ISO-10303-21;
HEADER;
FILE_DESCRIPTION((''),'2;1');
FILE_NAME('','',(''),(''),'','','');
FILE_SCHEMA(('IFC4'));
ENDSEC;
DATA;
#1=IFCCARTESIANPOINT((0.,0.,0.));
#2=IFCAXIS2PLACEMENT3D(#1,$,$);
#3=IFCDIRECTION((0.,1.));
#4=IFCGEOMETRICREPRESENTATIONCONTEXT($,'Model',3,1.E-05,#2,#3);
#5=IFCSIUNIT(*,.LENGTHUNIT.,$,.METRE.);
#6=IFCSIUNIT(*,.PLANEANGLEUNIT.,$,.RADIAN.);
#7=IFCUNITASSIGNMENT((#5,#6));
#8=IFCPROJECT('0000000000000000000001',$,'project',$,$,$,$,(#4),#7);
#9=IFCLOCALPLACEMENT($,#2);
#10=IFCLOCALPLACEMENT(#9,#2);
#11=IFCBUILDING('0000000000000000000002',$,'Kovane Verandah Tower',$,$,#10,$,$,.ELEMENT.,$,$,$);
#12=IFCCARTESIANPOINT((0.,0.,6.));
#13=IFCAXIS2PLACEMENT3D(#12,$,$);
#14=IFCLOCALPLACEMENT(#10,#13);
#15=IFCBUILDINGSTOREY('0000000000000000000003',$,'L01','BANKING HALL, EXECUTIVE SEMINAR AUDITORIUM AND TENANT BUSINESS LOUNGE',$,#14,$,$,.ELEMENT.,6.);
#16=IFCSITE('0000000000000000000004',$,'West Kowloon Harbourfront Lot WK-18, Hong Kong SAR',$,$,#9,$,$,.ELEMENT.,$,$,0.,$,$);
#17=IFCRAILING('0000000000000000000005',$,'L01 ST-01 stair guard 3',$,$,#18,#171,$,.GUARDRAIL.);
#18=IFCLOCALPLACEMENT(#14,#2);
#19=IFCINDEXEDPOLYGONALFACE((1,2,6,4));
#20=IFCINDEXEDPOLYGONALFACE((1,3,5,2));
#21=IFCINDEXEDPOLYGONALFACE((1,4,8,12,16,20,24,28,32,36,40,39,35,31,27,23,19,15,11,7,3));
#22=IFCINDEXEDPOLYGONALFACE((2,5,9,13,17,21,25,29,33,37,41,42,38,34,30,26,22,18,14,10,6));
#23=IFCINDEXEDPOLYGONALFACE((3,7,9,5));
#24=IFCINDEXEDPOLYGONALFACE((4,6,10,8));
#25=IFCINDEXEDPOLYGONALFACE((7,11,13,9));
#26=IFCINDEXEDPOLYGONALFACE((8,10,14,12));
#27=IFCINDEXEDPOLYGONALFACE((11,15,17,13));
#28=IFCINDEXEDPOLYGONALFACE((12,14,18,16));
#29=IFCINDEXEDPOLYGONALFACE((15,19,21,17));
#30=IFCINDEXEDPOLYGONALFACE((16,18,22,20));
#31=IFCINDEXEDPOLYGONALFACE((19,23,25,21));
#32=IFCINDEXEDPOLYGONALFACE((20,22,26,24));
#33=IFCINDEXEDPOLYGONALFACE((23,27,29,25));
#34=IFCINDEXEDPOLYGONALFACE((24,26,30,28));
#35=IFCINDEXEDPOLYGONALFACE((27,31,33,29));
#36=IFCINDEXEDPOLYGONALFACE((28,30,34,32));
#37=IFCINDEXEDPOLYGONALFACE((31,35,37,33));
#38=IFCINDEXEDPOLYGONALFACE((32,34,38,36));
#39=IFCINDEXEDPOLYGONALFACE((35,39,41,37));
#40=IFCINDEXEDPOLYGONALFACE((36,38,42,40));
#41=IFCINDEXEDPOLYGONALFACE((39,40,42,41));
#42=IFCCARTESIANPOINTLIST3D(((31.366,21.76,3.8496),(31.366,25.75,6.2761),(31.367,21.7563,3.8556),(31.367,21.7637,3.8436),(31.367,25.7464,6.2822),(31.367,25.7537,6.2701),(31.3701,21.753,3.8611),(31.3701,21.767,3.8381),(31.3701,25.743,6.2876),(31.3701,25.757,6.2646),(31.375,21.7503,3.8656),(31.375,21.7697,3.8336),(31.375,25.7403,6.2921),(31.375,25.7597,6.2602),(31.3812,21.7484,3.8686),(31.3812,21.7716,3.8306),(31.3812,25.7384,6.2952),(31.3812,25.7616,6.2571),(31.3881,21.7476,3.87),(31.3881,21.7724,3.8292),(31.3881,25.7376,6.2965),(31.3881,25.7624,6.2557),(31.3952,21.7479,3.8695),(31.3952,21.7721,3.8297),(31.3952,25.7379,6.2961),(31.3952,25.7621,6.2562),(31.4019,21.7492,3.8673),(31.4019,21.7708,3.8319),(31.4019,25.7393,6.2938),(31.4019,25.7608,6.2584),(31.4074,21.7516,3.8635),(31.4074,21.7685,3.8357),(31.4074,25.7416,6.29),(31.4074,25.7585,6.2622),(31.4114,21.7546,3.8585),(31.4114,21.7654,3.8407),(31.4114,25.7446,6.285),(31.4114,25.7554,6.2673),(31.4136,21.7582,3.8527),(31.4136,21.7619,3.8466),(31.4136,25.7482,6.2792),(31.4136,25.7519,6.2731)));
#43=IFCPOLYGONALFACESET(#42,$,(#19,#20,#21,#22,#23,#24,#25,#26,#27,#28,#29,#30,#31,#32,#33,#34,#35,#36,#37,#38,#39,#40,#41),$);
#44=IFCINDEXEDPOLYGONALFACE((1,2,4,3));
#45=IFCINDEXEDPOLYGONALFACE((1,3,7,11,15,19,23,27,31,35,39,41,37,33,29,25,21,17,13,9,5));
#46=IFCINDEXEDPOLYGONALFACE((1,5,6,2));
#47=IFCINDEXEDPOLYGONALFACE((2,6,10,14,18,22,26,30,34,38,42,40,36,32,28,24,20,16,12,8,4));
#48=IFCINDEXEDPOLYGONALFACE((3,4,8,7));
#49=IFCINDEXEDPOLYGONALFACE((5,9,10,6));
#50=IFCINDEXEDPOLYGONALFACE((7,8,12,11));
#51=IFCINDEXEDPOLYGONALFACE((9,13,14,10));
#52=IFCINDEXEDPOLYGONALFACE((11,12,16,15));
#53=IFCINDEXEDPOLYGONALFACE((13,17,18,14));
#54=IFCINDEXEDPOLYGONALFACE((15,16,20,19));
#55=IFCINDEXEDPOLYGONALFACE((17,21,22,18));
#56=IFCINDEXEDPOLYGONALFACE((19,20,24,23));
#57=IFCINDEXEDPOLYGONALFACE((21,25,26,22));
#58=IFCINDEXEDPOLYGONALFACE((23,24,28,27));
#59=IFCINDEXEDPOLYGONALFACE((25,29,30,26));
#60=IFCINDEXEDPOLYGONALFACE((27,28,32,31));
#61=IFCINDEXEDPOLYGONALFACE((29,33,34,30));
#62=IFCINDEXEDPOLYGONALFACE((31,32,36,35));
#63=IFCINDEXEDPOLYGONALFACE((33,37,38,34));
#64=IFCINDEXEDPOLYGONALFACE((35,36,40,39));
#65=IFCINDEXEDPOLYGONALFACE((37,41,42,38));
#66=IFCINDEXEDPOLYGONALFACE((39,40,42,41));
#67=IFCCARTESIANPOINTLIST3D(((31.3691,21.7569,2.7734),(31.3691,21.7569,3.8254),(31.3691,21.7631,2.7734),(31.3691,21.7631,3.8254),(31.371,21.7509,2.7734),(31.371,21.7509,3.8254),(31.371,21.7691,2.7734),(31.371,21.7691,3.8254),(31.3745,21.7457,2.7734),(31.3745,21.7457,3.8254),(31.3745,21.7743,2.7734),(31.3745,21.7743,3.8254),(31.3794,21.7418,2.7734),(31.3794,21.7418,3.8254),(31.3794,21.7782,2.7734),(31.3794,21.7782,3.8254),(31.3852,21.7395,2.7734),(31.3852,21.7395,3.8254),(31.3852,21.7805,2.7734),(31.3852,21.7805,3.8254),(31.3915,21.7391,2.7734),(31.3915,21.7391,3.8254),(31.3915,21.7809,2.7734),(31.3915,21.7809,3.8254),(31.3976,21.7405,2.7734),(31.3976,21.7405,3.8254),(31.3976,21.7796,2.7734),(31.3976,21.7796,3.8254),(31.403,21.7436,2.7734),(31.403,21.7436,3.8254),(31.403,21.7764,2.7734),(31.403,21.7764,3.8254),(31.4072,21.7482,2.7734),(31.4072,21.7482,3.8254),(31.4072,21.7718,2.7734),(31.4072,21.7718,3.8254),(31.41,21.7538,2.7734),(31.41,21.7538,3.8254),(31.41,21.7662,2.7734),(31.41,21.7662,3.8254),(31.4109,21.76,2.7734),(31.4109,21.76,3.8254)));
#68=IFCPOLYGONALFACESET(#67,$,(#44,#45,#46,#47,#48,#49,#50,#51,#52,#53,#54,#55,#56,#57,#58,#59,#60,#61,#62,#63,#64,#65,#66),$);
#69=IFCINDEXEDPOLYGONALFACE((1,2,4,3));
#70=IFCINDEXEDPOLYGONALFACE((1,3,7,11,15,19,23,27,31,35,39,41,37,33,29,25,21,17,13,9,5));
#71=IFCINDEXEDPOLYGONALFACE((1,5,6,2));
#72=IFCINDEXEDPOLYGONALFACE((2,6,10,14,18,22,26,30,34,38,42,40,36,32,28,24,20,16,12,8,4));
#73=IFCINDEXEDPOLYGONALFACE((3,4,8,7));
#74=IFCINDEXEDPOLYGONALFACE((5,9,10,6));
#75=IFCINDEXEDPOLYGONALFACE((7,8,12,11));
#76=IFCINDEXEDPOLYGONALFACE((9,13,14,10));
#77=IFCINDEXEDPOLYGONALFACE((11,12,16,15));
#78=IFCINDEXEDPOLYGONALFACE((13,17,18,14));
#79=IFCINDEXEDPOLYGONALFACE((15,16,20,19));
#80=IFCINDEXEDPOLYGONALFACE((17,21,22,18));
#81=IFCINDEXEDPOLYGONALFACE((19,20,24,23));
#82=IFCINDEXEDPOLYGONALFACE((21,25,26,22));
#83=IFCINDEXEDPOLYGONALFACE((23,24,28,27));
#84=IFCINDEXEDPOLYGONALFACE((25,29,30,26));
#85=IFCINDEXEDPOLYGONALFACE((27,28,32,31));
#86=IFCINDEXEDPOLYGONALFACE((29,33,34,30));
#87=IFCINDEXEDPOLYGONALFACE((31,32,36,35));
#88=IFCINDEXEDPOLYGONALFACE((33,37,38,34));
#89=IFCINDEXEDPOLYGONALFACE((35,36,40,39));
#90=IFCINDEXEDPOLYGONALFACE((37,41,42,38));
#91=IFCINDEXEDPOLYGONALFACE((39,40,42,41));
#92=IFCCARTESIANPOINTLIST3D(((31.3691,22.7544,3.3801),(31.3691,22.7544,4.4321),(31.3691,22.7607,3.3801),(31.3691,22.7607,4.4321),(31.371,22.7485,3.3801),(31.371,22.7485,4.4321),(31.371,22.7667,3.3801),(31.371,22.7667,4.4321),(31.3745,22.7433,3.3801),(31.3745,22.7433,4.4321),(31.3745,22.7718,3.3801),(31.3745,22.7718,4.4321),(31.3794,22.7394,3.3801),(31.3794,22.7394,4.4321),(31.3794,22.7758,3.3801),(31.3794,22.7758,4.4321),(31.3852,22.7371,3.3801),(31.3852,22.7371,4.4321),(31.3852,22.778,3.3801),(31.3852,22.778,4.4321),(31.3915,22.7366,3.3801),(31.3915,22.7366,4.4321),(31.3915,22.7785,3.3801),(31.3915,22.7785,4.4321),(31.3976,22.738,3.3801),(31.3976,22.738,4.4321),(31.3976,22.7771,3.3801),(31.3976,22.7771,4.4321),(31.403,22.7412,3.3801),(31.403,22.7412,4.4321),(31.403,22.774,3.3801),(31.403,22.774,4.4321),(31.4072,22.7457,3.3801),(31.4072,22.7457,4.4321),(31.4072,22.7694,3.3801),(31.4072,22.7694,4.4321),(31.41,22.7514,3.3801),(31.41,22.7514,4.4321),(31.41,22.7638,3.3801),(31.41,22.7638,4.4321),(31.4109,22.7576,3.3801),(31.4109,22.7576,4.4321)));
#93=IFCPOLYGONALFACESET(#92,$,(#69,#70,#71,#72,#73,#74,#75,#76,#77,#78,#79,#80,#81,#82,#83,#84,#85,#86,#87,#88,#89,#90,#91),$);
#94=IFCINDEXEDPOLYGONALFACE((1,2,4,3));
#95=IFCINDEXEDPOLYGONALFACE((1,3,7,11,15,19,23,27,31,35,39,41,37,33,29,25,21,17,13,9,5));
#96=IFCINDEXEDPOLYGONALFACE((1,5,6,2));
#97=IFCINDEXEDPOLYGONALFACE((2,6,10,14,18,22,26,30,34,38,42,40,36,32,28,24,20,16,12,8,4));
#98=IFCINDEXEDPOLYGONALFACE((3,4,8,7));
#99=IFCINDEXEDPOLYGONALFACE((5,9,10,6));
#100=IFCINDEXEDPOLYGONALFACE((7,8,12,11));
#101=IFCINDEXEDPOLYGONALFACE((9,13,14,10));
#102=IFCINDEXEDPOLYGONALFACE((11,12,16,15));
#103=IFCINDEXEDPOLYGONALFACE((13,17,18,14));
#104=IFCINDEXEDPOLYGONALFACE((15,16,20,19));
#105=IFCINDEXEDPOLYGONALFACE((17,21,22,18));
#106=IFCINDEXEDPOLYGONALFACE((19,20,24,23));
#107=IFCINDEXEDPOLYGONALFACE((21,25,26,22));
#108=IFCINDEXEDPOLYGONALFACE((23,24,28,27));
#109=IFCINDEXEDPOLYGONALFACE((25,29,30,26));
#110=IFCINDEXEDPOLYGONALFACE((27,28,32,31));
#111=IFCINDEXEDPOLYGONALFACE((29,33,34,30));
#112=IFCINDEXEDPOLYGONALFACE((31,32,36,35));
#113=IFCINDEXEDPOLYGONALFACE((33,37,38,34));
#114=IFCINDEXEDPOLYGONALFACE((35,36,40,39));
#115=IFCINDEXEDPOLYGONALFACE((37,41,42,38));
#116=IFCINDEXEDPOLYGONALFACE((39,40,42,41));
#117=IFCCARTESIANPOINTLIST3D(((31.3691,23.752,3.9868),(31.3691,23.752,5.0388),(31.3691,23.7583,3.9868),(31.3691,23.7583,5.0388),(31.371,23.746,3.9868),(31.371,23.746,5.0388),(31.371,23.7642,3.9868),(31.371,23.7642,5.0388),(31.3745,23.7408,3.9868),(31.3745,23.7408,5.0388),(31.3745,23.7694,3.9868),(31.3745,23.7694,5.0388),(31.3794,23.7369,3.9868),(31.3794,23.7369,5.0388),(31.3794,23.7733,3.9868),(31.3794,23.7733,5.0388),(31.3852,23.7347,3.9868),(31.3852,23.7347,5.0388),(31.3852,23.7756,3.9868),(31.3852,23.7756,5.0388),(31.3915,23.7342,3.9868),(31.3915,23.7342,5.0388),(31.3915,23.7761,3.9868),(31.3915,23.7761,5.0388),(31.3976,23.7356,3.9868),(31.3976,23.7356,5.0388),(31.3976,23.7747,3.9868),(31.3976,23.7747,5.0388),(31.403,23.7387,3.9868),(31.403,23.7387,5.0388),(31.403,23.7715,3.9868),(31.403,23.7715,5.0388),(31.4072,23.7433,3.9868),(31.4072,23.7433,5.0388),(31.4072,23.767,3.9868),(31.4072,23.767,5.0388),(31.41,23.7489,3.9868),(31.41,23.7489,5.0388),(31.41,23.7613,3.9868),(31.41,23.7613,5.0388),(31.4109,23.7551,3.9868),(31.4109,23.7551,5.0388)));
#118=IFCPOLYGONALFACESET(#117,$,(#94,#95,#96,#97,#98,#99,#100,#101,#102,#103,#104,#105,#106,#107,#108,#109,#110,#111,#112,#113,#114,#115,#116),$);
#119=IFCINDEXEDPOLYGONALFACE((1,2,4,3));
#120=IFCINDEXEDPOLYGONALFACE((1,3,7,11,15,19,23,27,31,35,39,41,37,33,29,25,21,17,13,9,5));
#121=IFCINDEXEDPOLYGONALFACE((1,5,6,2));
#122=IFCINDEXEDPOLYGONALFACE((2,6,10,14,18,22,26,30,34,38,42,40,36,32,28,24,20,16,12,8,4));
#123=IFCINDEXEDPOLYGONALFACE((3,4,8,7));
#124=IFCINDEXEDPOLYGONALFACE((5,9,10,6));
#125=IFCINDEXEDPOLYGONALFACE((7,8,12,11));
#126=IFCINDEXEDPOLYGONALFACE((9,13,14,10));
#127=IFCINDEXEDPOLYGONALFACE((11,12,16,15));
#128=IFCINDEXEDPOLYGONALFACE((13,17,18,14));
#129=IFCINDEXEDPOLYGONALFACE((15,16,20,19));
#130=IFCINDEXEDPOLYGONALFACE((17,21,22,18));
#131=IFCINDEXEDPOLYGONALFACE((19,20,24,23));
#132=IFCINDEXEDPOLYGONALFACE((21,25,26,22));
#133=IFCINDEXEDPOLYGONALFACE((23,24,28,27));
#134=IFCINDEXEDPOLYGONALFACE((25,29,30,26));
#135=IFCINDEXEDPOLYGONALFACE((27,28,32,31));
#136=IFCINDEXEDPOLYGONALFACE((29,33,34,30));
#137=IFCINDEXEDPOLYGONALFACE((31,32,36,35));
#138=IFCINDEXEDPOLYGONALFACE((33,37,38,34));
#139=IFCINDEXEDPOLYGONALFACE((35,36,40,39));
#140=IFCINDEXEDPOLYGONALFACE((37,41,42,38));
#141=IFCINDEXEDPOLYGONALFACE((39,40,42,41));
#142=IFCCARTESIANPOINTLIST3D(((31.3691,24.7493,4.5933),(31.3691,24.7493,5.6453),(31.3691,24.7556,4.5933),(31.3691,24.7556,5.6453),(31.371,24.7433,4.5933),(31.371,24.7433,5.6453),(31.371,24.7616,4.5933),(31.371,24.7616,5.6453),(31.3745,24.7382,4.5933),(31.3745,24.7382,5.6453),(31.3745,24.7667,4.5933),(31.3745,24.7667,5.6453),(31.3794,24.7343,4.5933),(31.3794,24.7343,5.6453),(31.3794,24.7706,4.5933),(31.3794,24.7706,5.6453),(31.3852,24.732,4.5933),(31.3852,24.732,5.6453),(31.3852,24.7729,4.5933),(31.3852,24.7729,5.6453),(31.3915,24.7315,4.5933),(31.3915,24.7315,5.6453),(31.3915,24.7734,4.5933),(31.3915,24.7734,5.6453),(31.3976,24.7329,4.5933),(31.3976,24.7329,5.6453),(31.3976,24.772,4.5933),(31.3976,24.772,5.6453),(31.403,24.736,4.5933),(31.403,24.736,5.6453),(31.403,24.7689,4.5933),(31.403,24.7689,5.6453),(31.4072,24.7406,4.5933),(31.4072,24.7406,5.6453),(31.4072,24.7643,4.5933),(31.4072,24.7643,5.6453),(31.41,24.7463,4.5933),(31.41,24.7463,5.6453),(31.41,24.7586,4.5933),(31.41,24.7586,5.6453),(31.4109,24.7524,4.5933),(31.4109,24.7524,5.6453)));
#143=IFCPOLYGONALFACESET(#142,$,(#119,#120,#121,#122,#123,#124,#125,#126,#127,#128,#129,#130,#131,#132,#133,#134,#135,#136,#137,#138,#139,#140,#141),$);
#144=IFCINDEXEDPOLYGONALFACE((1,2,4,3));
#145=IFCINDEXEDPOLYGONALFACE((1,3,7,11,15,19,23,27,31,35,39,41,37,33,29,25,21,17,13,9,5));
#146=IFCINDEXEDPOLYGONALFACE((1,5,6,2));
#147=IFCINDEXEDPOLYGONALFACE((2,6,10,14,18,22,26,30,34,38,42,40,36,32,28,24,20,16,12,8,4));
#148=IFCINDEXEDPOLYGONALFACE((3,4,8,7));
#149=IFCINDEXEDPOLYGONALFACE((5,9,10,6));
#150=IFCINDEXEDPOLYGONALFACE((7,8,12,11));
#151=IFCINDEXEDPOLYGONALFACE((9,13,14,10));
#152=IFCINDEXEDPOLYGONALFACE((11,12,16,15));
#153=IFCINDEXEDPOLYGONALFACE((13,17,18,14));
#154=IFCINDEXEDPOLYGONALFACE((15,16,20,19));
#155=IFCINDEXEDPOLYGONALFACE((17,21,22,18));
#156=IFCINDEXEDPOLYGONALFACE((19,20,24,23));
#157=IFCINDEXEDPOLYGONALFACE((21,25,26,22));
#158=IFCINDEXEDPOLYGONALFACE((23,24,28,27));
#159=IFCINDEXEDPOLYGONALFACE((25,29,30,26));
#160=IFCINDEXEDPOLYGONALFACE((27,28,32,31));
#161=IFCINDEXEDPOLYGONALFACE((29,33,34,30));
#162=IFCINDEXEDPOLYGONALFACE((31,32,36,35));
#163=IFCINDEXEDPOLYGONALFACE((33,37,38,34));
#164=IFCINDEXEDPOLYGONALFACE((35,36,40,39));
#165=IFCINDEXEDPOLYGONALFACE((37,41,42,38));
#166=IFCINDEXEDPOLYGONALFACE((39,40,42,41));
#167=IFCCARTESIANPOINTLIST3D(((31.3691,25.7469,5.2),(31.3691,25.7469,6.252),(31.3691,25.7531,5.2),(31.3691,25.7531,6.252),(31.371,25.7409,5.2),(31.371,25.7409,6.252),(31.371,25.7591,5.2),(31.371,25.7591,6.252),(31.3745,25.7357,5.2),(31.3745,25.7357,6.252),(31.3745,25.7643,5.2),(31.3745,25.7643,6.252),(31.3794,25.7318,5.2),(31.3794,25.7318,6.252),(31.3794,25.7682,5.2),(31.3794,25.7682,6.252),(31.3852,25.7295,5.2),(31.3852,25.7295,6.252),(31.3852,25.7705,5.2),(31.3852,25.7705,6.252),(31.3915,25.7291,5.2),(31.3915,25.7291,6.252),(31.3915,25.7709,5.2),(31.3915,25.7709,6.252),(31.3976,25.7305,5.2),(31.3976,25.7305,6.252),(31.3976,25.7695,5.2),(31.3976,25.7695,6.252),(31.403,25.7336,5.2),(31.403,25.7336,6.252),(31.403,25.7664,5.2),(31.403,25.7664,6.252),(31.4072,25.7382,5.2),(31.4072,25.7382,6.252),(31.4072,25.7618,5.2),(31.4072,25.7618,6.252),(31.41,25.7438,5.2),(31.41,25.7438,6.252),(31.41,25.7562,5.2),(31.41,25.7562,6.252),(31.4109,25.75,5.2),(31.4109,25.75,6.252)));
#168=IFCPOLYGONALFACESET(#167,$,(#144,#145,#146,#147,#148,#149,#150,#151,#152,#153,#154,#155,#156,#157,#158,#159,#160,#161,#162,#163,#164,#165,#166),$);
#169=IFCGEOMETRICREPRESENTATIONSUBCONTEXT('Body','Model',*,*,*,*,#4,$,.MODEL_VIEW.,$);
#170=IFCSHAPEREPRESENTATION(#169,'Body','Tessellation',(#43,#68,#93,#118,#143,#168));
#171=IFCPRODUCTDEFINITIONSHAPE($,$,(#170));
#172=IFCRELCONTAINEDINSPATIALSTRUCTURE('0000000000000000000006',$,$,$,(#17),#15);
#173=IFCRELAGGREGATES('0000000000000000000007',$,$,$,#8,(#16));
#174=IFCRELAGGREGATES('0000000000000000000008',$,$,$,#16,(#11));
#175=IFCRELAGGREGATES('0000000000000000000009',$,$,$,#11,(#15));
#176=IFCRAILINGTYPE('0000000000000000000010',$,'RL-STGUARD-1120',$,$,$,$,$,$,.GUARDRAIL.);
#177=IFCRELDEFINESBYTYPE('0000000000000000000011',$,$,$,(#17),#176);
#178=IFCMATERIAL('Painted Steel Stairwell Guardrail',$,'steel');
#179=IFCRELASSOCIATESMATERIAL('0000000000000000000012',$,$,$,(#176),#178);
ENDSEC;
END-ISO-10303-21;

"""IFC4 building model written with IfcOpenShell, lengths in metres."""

from ifc_helpers import new_model, si_unit, direction, frame, origin, origin_2d, place, context, subcontext, project, spatial, circle, extrude, material, type_object, element, save


model = new_model("IFC4")

# Units and contexts
model_context = context("Model", 3, precision=1e-05, world=origin(), true_north=direction((0.0, 1.0)))
body_context = subcontext(model_context, "Body", "Model", "MODEL_VIEW")
ifc_project = project(units=[si_unit("LENGTHUNIT", "METRE"), si_unit("PLANEANGLEUNIT", "RADIAN")], contexts=[model_context])

# Site, building, storey
site_placement = place(None, origin())
site = spatial("IfcSite", under=ifc_project, at=site_placement, Name="West Kowloon Harbourfront Lot WK-18, Hong Kong SAR", CompositionType="ELEMENT", RefElevation=0.0)
building_placement = place(site_placement, origin())
building = spatial("IfcBuilding", under=site, at=building_placement, Name="Kovane Verandah Tower", CompositionType="ELEMENT")
storey_placement = place(building_placement, frame((0.0, 0.0, 6.0)))
storey = spatial("IfcBuildingStorey", under=building, at=storey_placement, Name="L01", Description="BANKING HALL, EXECUTIVE SEMINAR AUDITORIUM AND TENANT BUSINESS LOUNGE", CompositionType="ELEMENT", Elevation=6.0)

# Railing
ifc_material_1 = material(Name="Painted Steel Stairwell Guardrail", Category="steel")
railing_type_1 = type_object("IfcRailingType", Name="RL-STGUARD-1120", PredefinedType="GUARDRAIL", material=ifc_material_1)
railing_1_placement = place(storey_placement, frame((31.3899, 21.76, 2.7734)))
element("IfcRailing", 1, at=railing_1_placement, inside=storey, type_object=railing_type_1, Name="L01 ST-01 stair guard 3", PredefinedType="GUARDRAIL", context=body_context, shape_type="SweptSolid", body=[
    extrude(circle(Radius=0.0239, at=origin_2d()), frame((0.0, 0.0, 1.0762), z_axis=(0.0, 0.854405, 0.519607), x_axis=(-1.0, 0.0, 0.0)), (0.0, 0.0, 1.0), 4.6699),
    extrude(circle(Radius=0.021, at=origin_2d()), origin(), (0.0, 0.0, 1.0), 1.052),
    extrude(circle(Radius=0.021, at=origin_2d()), frame((0.0, 0.9976, 0.6067)), (0.0, 0.0, 1.0), 1.052),
    extrude(circle(Radius=0.021, at=origin_2d()), frame((0.0, 1.9951, 1.2134)), (0.0, 0.0, 1.0), 1.052),
    extrude(circle(Radius=0.021, at=origin_2d()), frame((0.0, 2.9924, 1.8198)), (0.0, 0.0, 1.0), 1.052),
    extrude(circle(Radius=0.021, at=origin_2d()), frame((0.0, 3.99, 2.4265)), (0.0, 0.0, 1.0), 1.052),
])

save(model, "model.ifc")
